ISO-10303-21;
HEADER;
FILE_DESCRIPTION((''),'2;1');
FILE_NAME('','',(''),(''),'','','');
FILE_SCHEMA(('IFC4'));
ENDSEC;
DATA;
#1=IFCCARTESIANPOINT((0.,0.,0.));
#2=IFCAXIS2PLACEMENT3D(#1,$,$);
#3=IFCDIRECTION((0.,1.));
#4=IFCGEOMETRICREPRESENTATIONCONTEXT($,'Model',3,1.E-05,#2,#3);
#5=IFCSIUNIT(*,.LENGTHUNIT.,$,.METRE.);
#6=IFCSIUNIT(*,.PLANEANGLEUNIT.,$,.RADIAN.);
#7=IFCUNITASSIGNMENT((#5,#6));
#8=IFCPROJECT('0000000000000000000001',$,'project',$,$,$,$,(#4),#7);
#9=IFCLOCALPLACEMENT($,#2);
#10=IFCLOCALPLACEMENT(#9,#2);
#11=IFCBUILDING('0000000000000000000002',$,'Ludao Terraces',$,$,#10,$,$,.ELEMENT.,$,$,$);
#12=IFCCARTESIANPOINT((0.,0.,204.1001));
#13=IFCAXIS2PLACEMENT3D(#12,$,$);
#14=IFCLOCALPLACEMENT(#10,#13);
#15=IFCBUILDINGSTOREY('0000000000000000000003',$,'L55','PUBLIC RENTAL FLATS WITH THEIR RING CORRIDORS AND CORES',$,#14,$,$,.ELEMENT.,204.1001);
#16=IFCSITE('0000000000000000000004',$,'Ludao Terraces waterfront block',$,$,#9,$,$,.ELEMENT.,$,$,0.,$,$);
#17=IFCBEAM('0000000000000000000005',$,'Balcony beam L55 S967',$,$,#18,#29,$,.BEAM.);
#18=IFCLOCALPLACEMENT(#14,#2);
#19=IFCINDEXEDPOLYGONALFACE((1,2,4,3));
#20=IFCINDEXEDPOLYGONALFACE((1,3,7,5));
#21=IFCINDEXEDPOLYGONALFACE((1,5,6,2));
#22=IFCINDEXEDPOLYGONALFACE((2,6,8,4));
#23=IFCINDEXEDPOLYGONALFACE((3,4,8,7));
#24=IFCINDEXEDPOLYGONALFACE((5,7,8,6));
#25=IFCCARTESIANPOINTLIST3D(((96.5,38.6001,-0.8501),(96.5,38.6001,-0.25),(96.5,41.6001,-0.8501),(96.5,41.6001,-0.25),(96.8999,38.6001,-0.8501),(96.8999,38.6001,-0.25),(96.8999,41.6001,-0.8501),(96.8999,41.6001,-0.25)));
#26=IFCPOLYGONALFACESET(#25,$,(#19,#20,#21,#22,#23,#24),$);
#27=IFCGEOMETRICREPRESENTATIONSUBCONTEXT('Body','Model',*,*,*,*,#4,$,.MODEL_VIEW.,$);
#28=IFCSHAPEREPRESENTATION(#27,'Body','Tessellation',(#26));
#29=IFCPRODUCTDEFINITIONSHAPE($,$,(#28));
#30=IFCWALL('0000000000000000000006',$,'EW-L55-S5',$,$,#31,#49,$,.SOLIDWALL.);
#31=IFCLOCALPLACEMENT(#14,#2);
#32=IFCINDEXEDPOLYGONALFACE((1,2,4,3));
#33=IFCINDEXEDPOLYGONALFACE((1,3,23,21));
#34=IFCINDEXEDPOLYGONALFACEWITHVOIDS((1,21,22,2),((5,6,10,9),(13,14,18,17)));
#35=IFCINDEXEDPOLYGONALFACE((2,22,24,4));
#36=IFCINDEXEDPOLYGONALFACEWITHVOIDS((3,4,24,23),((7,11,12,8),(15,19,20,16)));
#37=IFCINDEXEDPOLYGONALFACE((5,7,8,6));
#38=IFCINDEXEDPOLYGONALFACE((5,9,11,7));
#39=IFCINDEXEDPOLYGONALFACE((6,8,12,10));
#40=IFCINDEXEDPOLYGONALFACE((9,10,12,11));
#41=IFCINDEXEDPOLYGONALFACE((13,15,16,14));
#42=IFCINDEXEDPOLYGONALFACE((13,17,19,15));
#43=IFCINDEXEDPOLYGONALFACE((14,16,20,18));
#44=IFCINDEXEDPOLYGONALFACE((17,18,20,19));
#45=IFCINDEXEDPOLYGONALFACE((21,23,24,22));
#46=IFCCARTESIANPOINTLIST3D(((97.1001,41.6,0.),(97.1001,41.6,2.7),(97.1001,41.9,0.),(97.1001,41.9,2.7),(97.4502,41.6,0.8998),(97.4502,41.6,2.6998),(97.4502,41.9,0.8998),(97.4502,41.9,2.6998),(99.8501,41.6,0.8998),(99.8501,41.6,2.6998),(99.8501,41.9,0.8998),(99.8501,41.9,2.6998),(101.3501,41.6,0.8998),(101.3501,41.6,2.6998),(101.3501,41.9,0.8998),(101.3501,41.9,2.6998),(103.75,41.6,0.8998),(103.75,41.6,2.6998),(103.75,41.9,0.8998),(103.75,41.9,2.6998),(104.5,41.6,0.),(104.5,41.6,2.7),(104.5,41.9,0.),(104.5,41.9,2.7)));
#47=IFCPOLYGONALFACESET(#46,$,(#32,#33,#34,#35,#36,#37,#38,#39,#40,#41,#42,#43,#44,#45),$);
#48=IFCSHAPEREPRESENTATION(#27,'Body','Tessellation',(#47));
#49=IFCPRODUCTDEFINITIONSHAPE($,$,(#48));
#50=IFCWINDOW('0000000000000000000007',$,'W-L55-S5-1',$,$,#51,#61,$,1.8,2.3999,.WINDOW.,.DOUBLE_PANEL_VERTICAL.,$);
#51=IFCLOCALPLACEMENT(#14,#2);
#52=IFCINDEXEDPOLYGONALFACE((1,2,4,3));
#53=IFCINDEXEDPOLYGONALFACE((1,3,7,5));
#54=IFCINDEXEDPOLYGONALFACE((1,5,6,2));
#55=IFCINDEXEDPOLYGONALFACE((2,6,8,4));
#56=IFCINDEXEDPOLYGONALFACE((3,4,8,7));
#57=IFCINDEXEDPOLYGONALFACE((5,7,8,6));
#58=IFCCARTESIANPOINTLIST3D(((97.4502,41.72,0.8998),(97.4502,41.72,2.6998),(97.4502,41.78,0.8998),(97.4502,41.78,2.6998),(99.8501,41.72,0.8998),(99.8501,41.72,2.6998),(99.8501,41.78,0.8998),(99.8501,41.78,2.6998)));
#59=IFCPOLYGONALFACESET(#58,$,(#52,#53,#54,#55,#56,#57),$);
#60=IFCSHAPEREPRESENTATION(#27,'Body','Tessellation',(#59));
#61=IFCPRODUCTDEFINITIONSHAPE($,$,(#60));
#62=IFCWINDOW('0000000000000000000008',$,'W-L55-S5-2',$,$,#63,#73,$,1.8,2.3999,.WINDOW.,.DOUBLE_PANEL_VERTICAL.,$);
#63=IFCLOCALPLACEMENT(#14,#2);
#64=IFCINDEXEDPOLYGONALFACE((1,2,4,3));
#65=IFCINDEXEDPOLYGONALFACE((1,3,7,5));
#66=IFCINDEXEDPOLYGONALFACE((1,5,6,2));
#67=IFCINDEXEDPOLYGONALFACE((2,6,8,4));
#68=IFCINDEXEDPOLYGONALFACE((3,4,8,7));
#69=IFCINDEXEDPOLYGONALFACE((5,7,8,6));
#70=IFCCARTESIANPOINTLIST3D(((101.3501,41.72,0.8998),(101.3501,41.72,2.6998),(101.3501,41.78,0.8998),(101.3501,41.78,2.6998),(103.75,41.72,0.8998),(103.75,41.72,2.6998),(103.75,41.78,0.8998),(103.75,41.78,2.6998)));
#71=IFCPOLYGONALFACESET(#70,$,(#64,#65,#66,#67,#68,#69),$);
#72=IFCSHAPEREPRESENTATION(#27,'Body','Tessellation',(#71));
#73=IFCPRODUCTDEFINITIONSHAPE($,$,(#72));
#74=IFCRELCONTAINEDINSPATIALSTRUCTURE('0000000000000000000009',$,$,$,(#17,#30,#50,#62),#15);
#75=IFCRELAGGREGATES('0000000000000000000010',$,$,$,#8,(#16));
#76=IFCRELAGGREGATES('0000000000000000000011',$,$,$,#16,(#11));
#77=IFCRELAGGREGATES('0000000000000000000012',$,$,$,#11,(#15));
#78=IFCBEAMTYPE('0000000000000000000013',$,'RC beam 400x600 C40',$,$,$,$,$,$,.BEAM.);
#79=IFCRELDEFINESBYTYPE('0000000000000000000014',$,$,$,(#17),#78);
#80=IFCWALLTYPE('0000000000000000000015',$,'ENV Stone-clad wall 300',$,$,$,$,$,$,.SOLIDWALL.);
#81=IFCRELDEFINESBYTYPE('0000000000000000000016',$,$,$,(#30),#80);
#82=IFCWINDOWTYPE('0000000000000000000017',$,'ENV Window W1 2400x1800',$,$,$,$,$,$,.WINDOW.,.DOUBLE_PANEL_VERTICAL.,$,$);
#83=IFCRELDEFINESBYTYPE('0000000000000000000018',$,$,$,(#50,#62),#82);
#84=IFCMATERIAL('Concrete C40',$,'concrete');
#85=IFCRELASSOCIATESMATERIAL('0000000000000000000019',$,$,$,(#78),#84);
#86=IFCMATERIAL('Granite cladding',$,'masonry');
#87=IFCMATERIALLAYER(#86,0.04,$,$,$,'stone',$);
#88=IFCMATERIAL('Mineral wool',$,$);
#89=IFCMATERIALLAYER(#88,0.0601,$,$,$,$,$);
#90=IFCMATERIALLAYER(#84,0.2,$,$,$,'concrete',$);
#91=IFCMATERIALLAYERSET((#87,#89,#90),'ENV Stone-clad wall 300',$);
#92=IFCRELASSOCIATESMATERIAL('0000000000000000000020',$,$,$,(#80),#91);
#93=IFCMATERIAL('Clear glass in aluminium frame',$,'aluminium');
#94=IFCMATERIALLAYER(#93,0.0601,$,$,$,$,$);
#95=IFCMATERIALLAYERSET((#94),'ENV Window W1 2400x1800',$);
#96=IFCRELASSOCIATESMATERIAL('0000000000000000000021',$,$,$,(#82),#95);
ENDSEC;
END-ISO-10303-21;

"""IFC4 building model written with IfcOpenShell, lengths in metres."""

from ifc_helpers import new_model, si_unit, direction, frame, frame_2d, origin, origin_2d, place, context, subcontext, project, spatial, rectangle, extrude, material, layer, layer_set, material_profile, profile_set, type_object, element, fill, save


model = new_model("IFC4")

# Units and contexts
model_context = context("Model", 3, precision=1e-05, world=origin(), true_north=direction((0.0, 1.0)))
body_context = subcontext(model_context, "Body", "Model", "MODEL_VIEW")
ifc_project = project(units=[si_unit("LENGTHUNIT", "METRE"), si_unit("PLANEANGLEUNIT", "RADIAN")], contexts=[model_context])

# Site, building, storey
site_placement = place(None, origin())
site = spatial("IfcSite", under=ifc_project, at=site_placement, Name="Ludao Terraces waterfront block", CompositionType="ELEMENT", RefElevation=0.0)
building_placement = place(site_placement, origin())
building = spatial("IfcBuilding", under=site, at=building_placement, Name="Ludao Terraces", CompositionType="ELEMENT")
storey_placement = place(building_placement, frame((0.0, 0.0, 204.1001)))
storey = spatial("IfcBuildingStorey", under=building, at=storey_placement, Name="L55", Description="PUBLIC RENTAL FLATS WITH THEIR RING CORRIDORS AND CORES", CompositionType="ELEMENT", Elevation=204.1001)

# Beam
ifc_material_1 = material(Name="Concrete C40", Category="concrete")
ifc_material_profile = material_profile(ifc_material_1, rectangle(XDim=0.3999, YDim=0.6001, at=origin_2d()), Name="400 X 600")
ifc_profile_set = profile_set([ifc_material_profile], Name="Concrete C40")
beam_type = type_object("IfcBeamType", Name="RC beam 400x600 C40", PredefinedType="BEAM", material=ifc_profile_set)
beam_placement = place(storey_placement, frame((96.7, 41.6001, -0.55), z_axis=(0.0, -1.0, 0.0), x_axis=(1.0, 0.0, 0.0)))
element("IfcBeam", 1, at=beam_placement, inside=storey, type_object=beam_type, Name="Balcony beam L55 S967", PredefinedType="BEAM", context=body_context, shape_type="SweptSolid", body=[
    extrude(rectangle(XDim=0.3999, YDim=0.6001, at=origin_2d()), origin(), (0.0, 0.0, 1.0), 3.0),
])

# Wall, openings, windows
ifc_material_2 = material(Name="Granite cladding", Category="masonry")
ifc_layer_1 = layer(ifc_material_2, 0.04, Category="stone")
ifc_material_3 = material(Name="Mineral wool")
ifc_layer_2 = layer(ifc_material_3, 0.0601)
ifc_layer_3 = layer(ifc_material_1, 0.2, Category="concrete")
ifc_layer_set_1 = layer_set([ifc_layer_1, ifc_layer_2, ifc_layer_3], Name="ENV Stone-clad wall 300")
wall_type = type_object("IfcWallType", Name="ENV Stone-clad wall 300", PredefinedType="SOLIDWALL", material=ifc_layer_set_1)
wall_placement = place(storey_placement, frame((97.1001, 41.75, 0.0), z_axis=(0.0, 0.0, 1.0), x_axis=(1.0, 0.0, 0.0)))
wall = element("IfcWall", 2, at=wall_placement, inside=storey, type_object=wall_type, Name="EW-L55-S5", PredefinedType="SOLIDWALL", context=body_context, shape_type="SweptSolid", body=[
    extrude(rectangle(XDim=7.3999, YDim=0.3, at=frame_2d((3.7, 0.0))), origin(), (0.0, 0.0, 1.0), 2.7),
])
opening_1_placement = place(wall_placement, frame((0.3501, 0.0, 0.8999)))
opening_1 = element("IfcOpeningElement", 3, at=opening_1_placement, cuts=wall, PredefinedType="OPENING", context=body_context, shape_type="SweptSolid", body=[
    extrude(rectangle(XDim=2.3999, YDim=1.8, at=frame_2d((1.2, 0.8999))), frame((0.0, 0.1602, 0.0), z_axis=(0.0, -1.0, 0.0), x_axis=(1.0, 0.0, 0.0)), (0.0, 0.0, 1.0), 0.3201),
])
opening_2_placement = place(wall_placement, frame((4.25, 0.0, 0.8999)))
opening_2 = element("IfcOpeningElement", 4, at=opening_2_placement, cuts=wall, PredefinedType="OPENING", context=body_context, shape_type="SweptSolid", body=[
    extrude(rectangle(XDim=2.3999, YDim=1.8, at=frame_2d((1.2, 0.8999))), frame((0.0, 0.1602, 0.0), z_axis=(0.0, -1.0, 0.0), x_axis=(1.0, 0.0, 0.0)), (0.0, 0.0, 1.0), 0.3201),
])
ifc_material_4 = material(Name="Clear glass in aluminium frame", Category="aluminium")
ifc_layer_4 = layer(ifc_material_4, 0.0601)
ifc_layer_set_2 = layer_set([ifc_layer_4], Name="ENV Window W1 2400x1800")
window_type = type_object("IfcWindowType", Name="ENV Window W1 2400x1800", PartitioningType="DOUBLE_PANEL_VERTICAL", PredefinedType="WINDOW", material=ifc_layer_set_2)
window_1_placement = place(opening_1_placement, origin())
window_1 = element("IfcWindow", 5, at=window_1_placement, inside=storey, type_object=window_type, Name="W-L55-S5-1", OverallHeight=1.8, OverallWidth=2.3999, PartitioningType="DOUBLE_PANEL_VERTICAL", PredefinedType="WINDOW", context=body_context, shape_type="SweptSolid", body=[
    extrude(rectangle(XDim=2.3999, YDim=1.8, at=frame_2d((1.2, 0.8999))), frame((0.0, 0.03, 0.0), z_axis=(0.0, -1.0, 0.0), x_axis=(1.0, 0.0, 0.0)), (0.0, 0.0, 1.0), 0.0601),
])
fill(opening_1, window_1)
window_2_placement = place(opening_2_placement, origin())
window_2 = element("IfcWindow", 6, at=window_2_placement, inside=storey, type_object=window_type, Name="W-L55-S5-2", OverallHeight=1.8, OverallWidth=2.3999, PartitioningType="DOUBLE_PANEL_VERTICAL", PredefinedType="WINDOW", context=body_context, shape_type="SweptSolid", body=[
    extrude(rectangle(XDim=2.3999, YDim=1.8, at=frame_2d((1.2, 0.8999))), frame((0.0, 0.03, 0.0), z_axis=(0.0, -1.0, 0.0), x_axis=(1.0, 0.0, 0.0)), (0.0, 0.0, 1.0), 0.0601),
])
fill(opening_2, window_2)

save(model, "model.ifc")
